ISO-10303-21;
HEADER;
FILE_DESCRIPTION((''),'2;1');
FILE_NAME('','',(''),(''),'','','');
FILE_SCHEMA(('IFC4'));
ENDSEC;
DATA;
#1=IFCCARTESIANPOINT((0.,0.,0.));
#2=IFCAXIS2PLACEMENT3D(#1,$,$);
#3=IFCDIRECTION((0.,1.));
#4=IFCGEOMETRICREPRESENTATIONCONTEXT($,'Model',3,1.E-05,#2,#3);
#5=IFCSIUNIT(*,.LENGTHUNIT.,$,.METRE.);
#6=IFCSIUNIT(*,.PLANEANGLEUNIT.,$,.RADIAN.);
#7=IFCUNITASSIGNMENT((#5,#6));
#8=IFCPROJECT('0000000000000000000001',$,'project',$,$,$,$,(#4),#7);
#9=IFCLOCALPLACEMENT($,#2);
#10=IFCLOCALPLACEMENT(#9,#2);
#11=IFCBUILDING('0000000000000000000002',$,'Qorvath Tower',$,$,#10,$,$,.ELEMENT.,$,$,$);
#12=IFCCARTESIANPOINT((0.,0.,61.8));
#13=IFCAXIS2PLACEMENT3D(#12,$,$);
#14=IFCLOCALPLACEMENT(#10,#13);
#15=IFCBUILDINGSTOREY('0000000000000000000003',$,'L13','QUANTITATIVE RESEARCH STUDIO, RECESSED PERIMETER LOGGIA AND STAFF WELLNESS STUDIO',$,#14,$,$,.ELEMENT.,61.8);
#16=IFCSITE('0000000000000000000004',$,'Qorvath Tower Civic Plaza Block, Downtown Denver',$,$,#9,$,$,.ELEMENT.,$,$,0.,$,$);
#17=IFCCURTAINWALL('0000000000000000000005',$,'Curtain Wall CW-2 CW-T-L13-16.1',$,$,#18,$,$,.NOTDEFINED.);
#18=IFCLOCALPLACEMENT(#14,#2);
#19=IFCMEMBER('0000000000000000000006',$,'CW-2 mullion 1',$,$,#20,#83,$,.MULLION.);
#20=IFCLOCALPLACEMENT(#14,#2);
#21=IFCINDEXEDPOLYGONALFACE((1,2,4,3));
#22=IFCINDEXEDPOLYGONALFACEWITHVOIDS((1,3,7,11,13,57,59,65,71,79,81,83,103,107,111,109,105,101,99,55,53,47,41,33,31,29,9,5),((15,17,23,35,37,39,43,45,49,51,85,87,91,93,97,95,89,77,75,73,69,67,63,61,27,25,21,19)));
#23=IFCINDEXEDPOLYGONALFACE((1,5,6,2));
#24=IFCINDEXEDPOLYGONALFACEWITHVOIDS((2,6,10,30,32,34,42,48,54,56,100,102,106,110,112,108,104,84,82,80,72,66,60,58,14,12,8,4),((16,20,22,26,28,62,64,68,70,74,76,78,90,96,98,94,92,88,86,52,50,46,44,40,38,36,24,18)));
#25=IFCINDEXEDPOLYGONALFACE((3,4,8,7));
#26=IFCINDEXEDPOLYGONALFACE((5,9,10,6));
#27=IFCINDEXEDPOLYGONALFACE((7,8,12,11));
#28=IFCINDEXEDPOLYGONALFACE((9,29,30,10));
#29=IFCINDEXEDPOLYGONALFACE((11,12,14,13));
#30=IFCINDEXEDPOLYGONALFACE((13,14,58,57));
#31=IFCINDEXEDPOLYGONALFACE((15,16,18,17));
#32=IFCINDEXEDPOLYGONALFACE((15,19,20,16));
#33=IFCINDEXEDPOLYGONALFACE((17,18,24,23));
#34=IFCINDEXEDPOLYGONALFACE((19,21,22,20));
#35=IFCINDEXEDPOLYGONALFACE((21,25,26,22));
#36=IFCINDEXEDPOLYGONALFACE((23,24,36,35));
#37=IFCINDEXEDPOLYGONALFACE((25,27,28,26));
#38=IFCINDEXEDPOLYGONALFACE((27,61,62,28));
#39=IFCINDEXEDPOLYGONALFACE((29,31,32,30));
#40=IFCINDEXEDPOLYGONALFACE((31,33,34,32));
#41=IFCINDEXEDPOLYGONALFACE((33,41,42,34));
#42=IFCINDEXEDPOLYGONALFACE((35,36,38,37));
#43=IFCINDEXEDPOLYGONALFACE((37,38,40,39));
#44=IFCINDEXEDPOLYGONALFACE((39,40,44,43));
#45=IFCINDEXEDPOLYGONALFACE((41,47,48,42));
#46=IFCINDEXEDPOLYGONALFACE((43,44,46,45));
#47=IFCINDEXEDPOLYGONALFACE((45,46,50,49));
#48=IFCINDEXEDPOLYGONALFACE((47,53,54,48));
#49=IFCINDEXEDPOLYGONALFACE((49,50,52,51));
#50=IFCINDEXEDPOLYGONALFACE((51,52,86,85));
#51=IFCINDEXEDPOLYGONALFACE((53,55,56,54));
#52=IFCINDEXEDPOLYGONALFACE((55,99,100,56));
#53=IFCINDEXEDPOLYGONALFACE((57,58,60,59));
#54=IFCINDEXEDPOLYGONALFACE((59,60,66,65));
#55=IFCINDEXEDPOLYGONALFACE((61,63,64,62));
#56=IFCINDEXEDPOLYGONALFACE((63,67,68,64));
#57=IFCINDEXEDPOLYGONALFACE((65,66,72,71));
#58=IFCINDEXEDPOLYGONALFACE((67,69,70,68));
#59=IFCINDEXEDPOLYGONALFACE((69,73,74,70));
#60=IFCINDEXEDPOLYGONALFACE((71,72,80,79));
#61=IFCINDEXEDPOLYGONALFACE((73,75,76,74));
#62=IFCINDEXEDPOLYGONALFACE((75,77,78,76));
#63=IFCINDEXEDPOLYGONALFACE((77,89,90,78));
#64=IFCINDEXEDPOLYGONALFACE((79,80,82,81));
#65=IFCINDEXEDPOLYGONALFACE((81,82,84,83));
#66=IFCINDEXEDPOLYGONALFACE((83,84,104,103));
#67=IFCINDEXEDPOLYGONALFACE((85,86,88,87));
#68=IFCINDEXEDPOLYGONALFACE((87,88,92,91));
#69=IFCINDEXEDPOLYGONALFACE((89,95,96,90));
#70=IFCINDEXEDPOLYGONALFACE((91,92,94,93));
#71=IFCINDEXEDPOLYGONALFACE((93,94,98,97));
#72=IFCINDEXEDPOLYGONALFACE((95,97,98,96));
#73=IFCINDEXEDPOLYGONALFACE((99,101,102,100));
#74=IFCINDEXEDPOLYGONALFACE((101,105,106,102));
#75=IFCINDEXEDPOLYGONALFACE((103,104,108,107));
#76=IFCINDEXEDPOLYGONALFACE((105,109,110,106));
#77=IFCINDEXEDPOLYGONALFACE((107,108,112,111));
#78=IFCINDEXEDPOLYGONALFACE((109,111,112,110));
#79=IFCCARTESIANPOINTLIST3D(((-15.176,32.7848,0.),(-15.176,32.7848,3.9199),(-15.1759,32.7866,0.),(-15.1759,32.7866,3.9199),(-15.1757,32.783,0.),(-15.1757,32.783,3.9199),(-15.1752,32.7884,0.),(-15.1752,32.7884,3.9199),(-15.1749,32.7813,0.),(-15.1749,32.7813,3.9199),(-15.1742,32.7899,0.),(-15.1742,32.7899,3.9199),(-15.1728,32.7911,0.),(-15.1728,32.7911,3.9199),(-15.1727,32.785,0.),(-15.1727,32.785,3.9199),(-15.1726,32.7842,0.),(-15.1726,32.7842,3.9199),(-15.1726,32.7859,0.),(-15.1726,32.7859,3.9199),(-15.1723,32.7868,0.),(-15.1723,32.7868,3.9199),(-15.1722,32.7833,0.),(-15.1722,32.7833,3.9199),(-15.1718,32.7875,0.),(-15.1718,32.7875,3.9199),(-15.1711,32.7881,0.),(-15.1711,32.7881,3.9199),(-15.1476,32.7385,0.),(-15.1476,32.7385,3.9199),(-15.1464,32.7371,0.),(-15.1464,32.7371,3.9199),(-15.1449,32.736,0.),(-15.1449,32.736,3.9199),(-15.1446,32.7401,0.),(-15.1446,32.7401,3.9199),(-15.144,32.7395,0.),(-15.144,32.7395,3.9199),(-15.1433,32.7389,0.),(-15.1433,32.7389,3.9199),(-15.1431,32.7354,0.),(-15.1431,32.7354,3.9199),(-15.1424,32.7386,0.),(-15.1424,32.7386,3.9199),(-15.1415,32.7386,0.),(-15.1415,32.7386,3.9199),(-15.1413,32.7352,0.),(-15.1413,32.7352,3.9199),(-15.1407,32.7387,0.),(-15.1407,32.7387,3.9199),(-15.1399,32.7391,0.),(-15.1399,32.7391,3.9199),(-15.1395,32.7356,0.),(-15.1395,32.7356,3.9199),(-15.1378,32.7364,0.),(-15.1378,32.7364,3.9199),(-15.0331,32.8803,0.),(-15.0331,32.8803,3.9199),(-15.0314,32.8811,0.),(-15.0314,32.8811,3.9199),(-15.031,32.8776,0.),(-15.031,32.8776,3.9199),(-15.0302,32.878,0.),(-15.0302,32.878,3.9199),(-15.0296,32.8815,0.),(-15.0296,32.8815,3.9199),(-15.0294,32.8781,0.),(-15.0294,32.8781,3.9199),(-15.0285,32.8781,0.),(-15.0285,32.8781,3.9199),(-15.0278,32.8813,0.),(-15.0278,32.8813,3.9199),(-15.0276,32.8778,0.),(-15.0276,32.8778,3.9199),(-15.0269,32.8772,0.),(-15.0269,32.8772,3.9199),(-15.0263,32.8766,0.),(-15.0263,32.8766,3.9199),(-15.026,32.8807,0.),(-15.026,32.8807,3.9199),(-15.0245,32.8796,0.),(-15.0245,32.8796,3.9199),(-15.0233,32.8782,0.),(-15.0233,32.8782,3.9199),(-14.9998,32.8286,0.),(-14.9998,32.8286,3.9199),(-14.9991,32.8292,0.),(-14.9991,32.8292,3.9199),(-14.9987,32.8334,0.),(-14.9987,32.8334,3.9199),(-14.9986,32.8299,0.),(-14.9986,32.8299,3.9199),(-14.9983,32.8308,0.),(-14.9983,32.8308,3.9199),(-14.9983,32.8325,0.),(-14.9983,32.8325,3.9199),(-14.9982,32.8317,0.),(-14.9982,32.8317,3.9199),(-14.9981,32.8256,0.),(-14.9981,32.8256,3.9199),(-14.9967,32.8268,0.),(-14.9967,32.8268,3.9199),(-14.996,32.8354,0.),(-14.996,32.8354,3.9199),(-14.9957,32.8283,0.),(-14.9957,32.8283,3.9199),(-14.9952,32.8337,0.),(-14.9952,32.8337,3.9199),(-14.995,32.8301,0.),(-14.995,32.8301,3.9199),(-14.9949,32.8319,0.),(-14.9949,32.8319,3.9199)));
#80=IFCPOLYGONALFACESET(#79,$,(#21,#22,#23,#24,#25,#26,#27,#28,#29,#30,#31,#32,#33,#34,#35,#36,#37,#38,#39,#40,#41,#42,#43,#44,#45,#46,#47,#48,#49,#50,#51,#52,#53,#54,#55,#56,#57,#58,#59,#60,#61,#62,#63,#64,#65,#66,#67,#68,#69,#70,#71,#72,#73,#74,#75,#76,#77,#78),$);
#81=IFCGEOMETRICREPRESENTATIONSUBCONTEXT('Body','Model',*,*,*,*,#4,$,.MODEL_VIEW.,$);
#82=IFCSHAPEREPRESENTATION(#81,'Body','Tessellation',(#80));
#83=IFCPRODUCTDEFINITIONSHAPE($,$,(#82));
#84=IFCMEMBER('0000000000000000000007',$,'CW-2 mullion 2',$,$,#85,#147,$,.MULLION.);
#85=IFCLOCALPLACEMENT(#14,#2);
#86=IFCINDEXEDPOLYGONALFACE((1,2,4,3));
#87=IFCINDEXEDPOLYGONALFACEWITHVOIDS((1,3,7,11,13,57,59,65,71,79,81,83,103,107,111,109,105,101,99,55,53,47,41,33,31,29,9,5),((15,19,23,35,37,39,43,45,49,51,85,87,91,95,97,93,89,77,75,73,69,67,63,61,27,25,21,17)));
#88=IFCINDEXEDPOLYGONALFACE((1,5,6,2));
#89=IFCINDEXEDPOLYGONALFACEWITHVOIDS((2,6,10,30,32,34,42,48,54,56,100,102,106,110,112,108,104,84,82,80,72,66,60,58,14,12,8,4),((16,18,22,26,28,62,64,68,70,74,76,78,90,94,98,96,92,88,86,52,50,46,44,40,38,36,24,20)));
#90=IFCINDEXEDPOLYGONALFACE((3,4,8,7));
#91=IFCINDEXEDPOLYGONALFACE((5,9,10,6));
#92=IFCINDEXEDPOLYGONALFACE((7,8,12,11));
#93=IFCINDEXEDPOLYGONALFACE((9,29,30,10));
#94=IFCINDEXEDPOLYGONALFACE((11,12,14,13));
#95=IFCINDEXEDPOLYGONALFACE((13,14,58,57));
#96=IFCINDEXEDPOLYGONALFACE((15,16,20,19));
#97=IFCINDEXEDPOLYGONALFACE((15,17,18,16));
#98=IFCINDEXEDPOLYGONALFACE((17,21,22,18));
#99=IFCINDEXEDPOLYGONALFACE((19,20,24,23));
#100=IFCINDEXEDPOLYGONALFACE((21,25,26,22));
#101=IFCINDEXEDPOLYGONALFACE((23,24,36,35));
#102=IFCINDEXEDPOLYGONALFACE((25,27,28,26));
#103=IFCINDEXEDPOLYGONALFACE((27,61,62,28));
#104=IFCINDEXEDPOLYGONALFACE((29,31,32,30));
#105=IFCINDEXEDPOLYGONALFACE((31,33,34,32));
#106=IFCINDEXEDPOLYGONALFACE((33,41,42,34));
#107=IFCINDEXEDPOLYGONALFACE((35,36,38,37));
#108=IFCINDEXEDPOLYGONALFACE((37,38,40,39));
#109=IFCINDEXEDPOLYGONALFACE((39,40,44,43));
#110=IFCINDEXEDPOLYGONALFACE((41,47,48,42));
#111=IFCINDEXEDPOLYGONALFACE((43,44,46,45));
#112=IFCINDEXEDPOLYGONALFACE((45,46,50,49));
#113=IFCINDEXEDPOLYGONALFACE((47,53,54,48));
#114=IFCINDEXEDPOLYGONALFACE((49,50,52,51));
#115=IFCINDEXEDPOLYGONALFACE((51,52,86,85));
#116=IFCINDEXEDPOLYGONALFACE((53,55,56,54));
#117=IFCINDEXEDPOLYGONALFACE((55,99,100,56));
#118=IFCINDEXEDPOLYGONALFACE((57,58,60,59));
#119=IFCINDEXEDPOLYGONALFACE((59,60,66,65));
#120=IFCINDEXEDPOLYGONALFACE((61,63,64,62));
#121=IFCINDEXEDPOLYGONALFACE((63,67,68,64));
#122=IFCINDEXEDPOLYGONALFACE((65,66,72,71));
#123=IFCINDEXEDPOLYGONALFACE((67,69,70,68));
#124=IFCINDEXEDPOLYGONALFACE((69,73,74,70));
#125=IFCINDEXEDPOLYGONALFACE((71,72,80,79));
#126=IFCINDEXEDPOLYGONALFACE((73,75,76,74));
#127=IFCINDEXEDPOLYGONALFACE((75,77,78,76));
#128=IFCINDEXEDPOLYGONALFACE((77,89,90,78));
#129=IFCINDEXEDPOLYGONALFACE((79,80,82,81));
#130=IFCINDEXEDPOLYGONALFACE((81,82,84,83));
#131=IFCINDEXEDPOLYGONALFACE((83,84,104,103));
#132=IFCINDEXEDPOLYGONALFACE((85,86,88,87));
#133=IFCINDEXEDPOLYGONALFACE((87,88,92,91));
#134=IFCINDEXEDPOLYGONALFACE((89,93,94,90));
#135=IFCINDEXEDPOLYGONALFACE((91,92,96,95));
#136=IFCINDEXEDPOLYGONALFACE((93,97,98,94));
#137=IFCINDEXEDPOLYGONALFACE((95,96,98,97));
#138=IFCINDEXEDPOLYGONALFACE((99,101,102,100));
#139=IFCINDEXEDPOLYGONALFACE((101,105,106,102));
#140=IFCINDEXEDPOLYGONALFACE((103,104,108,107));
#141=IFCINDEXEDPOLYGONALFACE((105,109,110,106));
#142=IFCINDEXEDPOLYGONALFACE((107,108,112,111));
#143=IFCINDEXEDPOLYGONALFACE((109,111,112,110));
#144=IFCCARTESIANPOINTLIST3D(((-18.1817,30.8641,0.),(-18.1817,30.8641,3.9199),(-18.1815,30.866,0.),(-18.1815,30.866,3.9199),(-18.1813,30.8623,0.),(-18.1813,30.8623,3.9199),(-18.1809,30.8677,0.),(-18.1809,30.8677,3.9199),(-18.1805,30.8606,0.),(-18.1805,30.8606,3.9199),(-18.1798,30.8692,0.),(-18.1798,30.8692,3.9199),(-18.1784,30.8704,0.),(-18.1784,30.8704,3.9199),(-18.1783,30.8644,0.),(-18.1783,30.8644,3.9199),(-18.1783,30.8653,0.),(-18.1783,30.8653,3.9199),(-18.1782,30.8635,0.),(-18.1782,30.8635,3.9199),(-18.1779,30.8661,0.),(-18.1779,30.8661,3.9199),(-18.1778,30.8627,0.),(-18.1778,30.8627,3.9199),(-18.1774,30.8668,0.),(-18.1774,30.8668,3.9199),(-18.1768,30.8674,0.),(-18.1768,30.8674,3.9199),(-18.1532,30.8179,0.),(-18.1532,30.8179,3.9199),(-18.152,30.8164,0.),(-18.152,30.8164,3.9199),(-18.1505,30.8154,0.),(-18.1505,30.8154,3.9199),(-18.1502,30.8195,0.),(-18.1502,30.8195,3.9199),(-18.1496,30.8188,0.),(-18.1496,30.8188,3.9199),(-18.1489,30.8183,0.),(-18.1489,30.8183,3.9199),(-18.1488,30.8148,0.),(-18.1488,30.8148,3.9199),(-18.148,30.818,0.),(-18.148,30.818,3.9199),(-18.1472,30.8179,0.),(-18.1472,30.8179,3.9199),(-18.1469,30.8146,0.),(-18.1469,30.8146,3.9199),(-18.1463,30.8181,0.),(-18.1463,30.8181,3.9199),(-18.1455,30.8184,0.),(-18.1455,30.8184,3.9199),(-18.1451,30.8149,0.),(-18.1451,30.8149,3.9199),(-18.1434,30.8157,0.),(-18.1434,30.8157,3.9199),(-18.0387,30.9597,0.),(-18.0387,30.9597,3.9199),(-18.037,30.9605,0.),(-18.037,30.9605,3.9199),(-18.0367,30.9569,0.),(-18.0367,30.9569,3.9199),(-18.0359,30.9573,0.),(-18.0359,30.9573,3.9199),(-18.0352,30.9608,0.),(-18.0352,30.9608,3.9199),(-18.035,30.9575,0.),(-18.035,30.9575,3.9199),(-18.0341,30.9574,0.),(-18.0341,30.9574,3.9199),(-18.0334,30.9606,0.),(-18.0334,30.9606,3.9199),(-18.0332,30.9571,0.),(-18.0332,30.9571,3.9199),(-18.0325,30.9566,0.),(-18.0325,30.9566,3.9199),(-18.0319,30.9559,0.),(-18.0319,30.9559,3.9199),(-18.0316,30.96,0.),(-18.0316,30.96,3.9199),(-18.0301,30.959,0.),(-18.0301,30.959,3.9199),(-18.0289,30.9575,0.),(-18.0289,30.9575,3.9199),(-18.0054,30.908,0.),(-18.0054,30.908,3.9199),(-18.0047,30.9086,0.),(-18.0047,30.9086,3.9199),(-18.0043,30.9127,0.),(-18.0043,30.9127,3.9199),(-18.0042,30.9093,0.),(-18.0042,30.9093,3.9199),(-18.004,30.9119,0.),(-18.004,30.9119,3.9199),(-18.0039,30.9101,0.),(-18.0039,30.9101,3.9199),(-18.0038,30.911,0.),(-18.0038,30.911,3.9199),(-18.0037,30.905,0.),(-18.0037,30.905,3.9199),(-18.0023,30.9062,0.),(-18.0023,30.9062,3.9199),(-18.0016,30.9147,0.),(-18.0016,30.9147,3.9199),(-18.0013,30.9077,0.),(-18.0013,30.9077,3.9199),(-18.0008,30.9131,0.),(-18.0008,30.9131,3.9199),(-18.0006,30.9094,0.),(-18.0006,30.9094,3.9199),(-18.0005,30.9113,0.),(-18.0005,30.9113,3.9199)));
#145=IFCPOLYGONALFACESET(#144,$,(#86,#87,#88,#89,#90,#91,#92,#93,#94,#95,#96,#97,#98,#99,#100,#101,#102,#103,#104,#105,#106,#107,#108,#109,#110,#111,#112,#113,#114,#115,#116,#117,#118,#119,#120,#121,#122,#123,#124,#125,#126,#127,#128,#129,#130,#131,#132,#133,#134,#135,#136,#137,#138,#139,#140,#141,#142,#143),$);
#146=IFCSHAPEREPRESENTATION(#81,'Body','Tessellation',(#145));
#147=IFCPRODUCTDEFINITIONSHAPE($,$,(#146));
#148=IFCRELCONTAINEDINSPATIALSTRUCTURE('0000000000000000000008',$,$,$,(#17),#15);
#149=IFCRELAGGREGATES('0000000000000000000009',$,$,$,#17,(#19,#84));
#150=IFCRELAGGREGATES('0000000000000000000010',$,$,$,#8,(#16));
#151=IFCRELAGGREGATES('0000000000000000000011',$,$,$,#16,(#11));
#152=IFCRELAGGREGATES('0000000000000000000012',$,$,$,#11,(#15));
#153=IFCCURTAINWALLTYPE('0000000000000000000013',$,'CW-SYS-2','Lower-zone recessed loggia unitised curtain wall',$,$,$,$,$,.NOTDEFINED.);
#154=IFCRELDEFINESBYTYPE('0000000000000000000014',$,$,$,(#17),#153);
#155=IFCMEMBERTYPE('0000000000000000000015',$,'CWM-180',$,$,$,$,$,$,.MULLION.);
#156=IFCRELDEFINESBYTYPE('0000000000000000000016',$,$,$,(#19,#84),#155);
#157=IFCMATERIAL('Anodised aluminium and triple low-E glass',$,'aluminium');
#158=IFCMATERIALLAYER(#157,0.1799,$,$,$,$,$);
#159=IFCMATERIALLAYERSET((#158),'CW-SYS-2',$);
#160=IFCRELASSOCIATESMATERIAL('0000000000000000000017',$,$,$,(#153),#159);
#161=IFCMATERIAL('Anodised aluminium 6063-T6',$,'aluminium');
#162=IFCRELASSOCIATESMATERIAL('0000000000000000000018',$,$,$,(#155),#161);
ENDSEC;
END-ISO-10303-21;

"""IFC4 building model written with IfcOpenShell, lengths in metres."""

from ifc_helpers import new_model, si_unit, direction, frame, origin, origin_2d, place, context, subcontext, project, spatial, hollow_rectangle, extrude, material, layer, layer_set, material_profile, profile_set, type_object, element, aggregate, save


model = new_model("IFC4")

# Units and contexts
model_context = context("Model", 3, precision=1e-05, world=origin(), true_north=direction((0.0, 1.0)))
body_context = subcontext(model_context, "Body", "Model", "MODEL_VIEW")
ifc_project = project(units=[si_unit("LENGTHUNIT", "METRE"), si_unit("PLANEANGLEUNIT", "RADIAN")], contexts=[model_context])

# Site, building, storey
site_placement = place(None, origin())
site = spatial("IfcSite", under=ifc_project, at=site_placement, Name="Qorvath Tower Civic Plaza Block, Downtown Denver", CompositionType="ELEMENT", RefElevation=0.0)
building_placement = place(site_placement, origin())
building = spatial("IfcBuilding", under=site, at=building_placement, Name="Qorvath Tower", CompositionType="ELEMENT")
storey_placement = place(building_placement, frame((0.0, 0.0, 61.8)))
storey = spatial("IfcBuildingStorey", under=building, at=storey_placement, Name="L13", Description="QUANTITATIVE RESEARCH STUDIO, RECESSED PERIMETER LOGGIA AND STAFF WELLNESS STUDIO", CompositionType="ELEMENT", Elevation=61.8)

# Shared definitions
ifc_material_1 = material(Name="Anodised aluminium and triple low-E glass", Category="aluminium")
ifc_layer_1 = layer(ifc_material_1, 0.1799)
ifc_layer_set_1 = layer_set([ifc_layer_1], Name="CW-SYS-2")
curtain_wall_type = type_object("IfcCurtainWallType", Name="CW-SYS-2", Description="Lower-zone recessed loggia unitised curtain wall", PredefinedType="NOTDEFINED", material=ifc_layer_set_1)
ifc_material_2 = material(Name="Anodised aluminium 6063-T6", Category="aluminium")
ifc_material_profile_1 = material_profile(ifc_material_2, hollow_rectangle(XDim=0.0649, YDim=0.1799, WallThickness=0.0034, InnerFilletRadius=0.0034, OuterFilletRadius=0.0071, at=origin_2d()), Name="CWM 180x65")
ifc_profile_set_1 = profile_set([ifc_material_profile_1], Name="Anodised aluminium 6063-T6")
member_type_1 = type_object("IfcMemberType", Name="CWM-180", PredefinedType="MULLION", material=ifc_profile_set_1)

# Curtain wall, members
curtain_wall_1_placement = place(storey_placement, origin())
curtain_wall_1 = element("IfcCurtainWall", 1, at=curtain_wall_1_placement, inside=storey, type_object=curtain_wall_type, Name="Curtain Wall CW-2 CW-T-L13-16.1", PredefinedType="NOTDEFINED")
member_1_placement = place(storey_placement, frame((-15.0854, 32.8083, 0.0), z_axis=(0.0, 0.0, 1.0), x_axis=(0.538508, -0.84262, 0.0)))
member_1 = element("IfcMember", 2, at=member_1_placement, type_object=member_type_1, Name="CW-2 mullion 1", PredefinedType="MULLION", context=body_context, shape_type="SweptSolid", body=[
    extrude(hollow_rectangle(XDim=0.0649, YDim=0.1799, WallThickness=0.0034, InnerFilletRadius=0.0034, OuterFilletRadius=0.0071, at=origin_2d()), origin(), (0.0, 0.0, 1.0), 3.9199),
])
member_2_placement = place(storey_placement, frame((-18.0911, 30.8877, 0.0), z_axis=(0.0, 0.0, 1.0), x_axis=(0.538508, -0.84262, 0.0)))
member_2 = element("IfcMember", 3, at=member_2_placement, type_object=member_type_1, Name="CW-2 mullion 2", PredefinedType="MULLION", context=body_context, shape_type="SweptSolid", body=[
    extrude(hollow_rectangle(XDim=0.0649, YDim=0.1799, WallThickness=0.0034, InnerFilletRadius=0.0034, OuterFilletRadius=0.0071, at=origin_2d()), origin(), (0.0, 0.0, 1.0), 3.9199),
])

aggregate(curtain_wall_1, [member_1, member_2])

save(model, "model.ifc")
